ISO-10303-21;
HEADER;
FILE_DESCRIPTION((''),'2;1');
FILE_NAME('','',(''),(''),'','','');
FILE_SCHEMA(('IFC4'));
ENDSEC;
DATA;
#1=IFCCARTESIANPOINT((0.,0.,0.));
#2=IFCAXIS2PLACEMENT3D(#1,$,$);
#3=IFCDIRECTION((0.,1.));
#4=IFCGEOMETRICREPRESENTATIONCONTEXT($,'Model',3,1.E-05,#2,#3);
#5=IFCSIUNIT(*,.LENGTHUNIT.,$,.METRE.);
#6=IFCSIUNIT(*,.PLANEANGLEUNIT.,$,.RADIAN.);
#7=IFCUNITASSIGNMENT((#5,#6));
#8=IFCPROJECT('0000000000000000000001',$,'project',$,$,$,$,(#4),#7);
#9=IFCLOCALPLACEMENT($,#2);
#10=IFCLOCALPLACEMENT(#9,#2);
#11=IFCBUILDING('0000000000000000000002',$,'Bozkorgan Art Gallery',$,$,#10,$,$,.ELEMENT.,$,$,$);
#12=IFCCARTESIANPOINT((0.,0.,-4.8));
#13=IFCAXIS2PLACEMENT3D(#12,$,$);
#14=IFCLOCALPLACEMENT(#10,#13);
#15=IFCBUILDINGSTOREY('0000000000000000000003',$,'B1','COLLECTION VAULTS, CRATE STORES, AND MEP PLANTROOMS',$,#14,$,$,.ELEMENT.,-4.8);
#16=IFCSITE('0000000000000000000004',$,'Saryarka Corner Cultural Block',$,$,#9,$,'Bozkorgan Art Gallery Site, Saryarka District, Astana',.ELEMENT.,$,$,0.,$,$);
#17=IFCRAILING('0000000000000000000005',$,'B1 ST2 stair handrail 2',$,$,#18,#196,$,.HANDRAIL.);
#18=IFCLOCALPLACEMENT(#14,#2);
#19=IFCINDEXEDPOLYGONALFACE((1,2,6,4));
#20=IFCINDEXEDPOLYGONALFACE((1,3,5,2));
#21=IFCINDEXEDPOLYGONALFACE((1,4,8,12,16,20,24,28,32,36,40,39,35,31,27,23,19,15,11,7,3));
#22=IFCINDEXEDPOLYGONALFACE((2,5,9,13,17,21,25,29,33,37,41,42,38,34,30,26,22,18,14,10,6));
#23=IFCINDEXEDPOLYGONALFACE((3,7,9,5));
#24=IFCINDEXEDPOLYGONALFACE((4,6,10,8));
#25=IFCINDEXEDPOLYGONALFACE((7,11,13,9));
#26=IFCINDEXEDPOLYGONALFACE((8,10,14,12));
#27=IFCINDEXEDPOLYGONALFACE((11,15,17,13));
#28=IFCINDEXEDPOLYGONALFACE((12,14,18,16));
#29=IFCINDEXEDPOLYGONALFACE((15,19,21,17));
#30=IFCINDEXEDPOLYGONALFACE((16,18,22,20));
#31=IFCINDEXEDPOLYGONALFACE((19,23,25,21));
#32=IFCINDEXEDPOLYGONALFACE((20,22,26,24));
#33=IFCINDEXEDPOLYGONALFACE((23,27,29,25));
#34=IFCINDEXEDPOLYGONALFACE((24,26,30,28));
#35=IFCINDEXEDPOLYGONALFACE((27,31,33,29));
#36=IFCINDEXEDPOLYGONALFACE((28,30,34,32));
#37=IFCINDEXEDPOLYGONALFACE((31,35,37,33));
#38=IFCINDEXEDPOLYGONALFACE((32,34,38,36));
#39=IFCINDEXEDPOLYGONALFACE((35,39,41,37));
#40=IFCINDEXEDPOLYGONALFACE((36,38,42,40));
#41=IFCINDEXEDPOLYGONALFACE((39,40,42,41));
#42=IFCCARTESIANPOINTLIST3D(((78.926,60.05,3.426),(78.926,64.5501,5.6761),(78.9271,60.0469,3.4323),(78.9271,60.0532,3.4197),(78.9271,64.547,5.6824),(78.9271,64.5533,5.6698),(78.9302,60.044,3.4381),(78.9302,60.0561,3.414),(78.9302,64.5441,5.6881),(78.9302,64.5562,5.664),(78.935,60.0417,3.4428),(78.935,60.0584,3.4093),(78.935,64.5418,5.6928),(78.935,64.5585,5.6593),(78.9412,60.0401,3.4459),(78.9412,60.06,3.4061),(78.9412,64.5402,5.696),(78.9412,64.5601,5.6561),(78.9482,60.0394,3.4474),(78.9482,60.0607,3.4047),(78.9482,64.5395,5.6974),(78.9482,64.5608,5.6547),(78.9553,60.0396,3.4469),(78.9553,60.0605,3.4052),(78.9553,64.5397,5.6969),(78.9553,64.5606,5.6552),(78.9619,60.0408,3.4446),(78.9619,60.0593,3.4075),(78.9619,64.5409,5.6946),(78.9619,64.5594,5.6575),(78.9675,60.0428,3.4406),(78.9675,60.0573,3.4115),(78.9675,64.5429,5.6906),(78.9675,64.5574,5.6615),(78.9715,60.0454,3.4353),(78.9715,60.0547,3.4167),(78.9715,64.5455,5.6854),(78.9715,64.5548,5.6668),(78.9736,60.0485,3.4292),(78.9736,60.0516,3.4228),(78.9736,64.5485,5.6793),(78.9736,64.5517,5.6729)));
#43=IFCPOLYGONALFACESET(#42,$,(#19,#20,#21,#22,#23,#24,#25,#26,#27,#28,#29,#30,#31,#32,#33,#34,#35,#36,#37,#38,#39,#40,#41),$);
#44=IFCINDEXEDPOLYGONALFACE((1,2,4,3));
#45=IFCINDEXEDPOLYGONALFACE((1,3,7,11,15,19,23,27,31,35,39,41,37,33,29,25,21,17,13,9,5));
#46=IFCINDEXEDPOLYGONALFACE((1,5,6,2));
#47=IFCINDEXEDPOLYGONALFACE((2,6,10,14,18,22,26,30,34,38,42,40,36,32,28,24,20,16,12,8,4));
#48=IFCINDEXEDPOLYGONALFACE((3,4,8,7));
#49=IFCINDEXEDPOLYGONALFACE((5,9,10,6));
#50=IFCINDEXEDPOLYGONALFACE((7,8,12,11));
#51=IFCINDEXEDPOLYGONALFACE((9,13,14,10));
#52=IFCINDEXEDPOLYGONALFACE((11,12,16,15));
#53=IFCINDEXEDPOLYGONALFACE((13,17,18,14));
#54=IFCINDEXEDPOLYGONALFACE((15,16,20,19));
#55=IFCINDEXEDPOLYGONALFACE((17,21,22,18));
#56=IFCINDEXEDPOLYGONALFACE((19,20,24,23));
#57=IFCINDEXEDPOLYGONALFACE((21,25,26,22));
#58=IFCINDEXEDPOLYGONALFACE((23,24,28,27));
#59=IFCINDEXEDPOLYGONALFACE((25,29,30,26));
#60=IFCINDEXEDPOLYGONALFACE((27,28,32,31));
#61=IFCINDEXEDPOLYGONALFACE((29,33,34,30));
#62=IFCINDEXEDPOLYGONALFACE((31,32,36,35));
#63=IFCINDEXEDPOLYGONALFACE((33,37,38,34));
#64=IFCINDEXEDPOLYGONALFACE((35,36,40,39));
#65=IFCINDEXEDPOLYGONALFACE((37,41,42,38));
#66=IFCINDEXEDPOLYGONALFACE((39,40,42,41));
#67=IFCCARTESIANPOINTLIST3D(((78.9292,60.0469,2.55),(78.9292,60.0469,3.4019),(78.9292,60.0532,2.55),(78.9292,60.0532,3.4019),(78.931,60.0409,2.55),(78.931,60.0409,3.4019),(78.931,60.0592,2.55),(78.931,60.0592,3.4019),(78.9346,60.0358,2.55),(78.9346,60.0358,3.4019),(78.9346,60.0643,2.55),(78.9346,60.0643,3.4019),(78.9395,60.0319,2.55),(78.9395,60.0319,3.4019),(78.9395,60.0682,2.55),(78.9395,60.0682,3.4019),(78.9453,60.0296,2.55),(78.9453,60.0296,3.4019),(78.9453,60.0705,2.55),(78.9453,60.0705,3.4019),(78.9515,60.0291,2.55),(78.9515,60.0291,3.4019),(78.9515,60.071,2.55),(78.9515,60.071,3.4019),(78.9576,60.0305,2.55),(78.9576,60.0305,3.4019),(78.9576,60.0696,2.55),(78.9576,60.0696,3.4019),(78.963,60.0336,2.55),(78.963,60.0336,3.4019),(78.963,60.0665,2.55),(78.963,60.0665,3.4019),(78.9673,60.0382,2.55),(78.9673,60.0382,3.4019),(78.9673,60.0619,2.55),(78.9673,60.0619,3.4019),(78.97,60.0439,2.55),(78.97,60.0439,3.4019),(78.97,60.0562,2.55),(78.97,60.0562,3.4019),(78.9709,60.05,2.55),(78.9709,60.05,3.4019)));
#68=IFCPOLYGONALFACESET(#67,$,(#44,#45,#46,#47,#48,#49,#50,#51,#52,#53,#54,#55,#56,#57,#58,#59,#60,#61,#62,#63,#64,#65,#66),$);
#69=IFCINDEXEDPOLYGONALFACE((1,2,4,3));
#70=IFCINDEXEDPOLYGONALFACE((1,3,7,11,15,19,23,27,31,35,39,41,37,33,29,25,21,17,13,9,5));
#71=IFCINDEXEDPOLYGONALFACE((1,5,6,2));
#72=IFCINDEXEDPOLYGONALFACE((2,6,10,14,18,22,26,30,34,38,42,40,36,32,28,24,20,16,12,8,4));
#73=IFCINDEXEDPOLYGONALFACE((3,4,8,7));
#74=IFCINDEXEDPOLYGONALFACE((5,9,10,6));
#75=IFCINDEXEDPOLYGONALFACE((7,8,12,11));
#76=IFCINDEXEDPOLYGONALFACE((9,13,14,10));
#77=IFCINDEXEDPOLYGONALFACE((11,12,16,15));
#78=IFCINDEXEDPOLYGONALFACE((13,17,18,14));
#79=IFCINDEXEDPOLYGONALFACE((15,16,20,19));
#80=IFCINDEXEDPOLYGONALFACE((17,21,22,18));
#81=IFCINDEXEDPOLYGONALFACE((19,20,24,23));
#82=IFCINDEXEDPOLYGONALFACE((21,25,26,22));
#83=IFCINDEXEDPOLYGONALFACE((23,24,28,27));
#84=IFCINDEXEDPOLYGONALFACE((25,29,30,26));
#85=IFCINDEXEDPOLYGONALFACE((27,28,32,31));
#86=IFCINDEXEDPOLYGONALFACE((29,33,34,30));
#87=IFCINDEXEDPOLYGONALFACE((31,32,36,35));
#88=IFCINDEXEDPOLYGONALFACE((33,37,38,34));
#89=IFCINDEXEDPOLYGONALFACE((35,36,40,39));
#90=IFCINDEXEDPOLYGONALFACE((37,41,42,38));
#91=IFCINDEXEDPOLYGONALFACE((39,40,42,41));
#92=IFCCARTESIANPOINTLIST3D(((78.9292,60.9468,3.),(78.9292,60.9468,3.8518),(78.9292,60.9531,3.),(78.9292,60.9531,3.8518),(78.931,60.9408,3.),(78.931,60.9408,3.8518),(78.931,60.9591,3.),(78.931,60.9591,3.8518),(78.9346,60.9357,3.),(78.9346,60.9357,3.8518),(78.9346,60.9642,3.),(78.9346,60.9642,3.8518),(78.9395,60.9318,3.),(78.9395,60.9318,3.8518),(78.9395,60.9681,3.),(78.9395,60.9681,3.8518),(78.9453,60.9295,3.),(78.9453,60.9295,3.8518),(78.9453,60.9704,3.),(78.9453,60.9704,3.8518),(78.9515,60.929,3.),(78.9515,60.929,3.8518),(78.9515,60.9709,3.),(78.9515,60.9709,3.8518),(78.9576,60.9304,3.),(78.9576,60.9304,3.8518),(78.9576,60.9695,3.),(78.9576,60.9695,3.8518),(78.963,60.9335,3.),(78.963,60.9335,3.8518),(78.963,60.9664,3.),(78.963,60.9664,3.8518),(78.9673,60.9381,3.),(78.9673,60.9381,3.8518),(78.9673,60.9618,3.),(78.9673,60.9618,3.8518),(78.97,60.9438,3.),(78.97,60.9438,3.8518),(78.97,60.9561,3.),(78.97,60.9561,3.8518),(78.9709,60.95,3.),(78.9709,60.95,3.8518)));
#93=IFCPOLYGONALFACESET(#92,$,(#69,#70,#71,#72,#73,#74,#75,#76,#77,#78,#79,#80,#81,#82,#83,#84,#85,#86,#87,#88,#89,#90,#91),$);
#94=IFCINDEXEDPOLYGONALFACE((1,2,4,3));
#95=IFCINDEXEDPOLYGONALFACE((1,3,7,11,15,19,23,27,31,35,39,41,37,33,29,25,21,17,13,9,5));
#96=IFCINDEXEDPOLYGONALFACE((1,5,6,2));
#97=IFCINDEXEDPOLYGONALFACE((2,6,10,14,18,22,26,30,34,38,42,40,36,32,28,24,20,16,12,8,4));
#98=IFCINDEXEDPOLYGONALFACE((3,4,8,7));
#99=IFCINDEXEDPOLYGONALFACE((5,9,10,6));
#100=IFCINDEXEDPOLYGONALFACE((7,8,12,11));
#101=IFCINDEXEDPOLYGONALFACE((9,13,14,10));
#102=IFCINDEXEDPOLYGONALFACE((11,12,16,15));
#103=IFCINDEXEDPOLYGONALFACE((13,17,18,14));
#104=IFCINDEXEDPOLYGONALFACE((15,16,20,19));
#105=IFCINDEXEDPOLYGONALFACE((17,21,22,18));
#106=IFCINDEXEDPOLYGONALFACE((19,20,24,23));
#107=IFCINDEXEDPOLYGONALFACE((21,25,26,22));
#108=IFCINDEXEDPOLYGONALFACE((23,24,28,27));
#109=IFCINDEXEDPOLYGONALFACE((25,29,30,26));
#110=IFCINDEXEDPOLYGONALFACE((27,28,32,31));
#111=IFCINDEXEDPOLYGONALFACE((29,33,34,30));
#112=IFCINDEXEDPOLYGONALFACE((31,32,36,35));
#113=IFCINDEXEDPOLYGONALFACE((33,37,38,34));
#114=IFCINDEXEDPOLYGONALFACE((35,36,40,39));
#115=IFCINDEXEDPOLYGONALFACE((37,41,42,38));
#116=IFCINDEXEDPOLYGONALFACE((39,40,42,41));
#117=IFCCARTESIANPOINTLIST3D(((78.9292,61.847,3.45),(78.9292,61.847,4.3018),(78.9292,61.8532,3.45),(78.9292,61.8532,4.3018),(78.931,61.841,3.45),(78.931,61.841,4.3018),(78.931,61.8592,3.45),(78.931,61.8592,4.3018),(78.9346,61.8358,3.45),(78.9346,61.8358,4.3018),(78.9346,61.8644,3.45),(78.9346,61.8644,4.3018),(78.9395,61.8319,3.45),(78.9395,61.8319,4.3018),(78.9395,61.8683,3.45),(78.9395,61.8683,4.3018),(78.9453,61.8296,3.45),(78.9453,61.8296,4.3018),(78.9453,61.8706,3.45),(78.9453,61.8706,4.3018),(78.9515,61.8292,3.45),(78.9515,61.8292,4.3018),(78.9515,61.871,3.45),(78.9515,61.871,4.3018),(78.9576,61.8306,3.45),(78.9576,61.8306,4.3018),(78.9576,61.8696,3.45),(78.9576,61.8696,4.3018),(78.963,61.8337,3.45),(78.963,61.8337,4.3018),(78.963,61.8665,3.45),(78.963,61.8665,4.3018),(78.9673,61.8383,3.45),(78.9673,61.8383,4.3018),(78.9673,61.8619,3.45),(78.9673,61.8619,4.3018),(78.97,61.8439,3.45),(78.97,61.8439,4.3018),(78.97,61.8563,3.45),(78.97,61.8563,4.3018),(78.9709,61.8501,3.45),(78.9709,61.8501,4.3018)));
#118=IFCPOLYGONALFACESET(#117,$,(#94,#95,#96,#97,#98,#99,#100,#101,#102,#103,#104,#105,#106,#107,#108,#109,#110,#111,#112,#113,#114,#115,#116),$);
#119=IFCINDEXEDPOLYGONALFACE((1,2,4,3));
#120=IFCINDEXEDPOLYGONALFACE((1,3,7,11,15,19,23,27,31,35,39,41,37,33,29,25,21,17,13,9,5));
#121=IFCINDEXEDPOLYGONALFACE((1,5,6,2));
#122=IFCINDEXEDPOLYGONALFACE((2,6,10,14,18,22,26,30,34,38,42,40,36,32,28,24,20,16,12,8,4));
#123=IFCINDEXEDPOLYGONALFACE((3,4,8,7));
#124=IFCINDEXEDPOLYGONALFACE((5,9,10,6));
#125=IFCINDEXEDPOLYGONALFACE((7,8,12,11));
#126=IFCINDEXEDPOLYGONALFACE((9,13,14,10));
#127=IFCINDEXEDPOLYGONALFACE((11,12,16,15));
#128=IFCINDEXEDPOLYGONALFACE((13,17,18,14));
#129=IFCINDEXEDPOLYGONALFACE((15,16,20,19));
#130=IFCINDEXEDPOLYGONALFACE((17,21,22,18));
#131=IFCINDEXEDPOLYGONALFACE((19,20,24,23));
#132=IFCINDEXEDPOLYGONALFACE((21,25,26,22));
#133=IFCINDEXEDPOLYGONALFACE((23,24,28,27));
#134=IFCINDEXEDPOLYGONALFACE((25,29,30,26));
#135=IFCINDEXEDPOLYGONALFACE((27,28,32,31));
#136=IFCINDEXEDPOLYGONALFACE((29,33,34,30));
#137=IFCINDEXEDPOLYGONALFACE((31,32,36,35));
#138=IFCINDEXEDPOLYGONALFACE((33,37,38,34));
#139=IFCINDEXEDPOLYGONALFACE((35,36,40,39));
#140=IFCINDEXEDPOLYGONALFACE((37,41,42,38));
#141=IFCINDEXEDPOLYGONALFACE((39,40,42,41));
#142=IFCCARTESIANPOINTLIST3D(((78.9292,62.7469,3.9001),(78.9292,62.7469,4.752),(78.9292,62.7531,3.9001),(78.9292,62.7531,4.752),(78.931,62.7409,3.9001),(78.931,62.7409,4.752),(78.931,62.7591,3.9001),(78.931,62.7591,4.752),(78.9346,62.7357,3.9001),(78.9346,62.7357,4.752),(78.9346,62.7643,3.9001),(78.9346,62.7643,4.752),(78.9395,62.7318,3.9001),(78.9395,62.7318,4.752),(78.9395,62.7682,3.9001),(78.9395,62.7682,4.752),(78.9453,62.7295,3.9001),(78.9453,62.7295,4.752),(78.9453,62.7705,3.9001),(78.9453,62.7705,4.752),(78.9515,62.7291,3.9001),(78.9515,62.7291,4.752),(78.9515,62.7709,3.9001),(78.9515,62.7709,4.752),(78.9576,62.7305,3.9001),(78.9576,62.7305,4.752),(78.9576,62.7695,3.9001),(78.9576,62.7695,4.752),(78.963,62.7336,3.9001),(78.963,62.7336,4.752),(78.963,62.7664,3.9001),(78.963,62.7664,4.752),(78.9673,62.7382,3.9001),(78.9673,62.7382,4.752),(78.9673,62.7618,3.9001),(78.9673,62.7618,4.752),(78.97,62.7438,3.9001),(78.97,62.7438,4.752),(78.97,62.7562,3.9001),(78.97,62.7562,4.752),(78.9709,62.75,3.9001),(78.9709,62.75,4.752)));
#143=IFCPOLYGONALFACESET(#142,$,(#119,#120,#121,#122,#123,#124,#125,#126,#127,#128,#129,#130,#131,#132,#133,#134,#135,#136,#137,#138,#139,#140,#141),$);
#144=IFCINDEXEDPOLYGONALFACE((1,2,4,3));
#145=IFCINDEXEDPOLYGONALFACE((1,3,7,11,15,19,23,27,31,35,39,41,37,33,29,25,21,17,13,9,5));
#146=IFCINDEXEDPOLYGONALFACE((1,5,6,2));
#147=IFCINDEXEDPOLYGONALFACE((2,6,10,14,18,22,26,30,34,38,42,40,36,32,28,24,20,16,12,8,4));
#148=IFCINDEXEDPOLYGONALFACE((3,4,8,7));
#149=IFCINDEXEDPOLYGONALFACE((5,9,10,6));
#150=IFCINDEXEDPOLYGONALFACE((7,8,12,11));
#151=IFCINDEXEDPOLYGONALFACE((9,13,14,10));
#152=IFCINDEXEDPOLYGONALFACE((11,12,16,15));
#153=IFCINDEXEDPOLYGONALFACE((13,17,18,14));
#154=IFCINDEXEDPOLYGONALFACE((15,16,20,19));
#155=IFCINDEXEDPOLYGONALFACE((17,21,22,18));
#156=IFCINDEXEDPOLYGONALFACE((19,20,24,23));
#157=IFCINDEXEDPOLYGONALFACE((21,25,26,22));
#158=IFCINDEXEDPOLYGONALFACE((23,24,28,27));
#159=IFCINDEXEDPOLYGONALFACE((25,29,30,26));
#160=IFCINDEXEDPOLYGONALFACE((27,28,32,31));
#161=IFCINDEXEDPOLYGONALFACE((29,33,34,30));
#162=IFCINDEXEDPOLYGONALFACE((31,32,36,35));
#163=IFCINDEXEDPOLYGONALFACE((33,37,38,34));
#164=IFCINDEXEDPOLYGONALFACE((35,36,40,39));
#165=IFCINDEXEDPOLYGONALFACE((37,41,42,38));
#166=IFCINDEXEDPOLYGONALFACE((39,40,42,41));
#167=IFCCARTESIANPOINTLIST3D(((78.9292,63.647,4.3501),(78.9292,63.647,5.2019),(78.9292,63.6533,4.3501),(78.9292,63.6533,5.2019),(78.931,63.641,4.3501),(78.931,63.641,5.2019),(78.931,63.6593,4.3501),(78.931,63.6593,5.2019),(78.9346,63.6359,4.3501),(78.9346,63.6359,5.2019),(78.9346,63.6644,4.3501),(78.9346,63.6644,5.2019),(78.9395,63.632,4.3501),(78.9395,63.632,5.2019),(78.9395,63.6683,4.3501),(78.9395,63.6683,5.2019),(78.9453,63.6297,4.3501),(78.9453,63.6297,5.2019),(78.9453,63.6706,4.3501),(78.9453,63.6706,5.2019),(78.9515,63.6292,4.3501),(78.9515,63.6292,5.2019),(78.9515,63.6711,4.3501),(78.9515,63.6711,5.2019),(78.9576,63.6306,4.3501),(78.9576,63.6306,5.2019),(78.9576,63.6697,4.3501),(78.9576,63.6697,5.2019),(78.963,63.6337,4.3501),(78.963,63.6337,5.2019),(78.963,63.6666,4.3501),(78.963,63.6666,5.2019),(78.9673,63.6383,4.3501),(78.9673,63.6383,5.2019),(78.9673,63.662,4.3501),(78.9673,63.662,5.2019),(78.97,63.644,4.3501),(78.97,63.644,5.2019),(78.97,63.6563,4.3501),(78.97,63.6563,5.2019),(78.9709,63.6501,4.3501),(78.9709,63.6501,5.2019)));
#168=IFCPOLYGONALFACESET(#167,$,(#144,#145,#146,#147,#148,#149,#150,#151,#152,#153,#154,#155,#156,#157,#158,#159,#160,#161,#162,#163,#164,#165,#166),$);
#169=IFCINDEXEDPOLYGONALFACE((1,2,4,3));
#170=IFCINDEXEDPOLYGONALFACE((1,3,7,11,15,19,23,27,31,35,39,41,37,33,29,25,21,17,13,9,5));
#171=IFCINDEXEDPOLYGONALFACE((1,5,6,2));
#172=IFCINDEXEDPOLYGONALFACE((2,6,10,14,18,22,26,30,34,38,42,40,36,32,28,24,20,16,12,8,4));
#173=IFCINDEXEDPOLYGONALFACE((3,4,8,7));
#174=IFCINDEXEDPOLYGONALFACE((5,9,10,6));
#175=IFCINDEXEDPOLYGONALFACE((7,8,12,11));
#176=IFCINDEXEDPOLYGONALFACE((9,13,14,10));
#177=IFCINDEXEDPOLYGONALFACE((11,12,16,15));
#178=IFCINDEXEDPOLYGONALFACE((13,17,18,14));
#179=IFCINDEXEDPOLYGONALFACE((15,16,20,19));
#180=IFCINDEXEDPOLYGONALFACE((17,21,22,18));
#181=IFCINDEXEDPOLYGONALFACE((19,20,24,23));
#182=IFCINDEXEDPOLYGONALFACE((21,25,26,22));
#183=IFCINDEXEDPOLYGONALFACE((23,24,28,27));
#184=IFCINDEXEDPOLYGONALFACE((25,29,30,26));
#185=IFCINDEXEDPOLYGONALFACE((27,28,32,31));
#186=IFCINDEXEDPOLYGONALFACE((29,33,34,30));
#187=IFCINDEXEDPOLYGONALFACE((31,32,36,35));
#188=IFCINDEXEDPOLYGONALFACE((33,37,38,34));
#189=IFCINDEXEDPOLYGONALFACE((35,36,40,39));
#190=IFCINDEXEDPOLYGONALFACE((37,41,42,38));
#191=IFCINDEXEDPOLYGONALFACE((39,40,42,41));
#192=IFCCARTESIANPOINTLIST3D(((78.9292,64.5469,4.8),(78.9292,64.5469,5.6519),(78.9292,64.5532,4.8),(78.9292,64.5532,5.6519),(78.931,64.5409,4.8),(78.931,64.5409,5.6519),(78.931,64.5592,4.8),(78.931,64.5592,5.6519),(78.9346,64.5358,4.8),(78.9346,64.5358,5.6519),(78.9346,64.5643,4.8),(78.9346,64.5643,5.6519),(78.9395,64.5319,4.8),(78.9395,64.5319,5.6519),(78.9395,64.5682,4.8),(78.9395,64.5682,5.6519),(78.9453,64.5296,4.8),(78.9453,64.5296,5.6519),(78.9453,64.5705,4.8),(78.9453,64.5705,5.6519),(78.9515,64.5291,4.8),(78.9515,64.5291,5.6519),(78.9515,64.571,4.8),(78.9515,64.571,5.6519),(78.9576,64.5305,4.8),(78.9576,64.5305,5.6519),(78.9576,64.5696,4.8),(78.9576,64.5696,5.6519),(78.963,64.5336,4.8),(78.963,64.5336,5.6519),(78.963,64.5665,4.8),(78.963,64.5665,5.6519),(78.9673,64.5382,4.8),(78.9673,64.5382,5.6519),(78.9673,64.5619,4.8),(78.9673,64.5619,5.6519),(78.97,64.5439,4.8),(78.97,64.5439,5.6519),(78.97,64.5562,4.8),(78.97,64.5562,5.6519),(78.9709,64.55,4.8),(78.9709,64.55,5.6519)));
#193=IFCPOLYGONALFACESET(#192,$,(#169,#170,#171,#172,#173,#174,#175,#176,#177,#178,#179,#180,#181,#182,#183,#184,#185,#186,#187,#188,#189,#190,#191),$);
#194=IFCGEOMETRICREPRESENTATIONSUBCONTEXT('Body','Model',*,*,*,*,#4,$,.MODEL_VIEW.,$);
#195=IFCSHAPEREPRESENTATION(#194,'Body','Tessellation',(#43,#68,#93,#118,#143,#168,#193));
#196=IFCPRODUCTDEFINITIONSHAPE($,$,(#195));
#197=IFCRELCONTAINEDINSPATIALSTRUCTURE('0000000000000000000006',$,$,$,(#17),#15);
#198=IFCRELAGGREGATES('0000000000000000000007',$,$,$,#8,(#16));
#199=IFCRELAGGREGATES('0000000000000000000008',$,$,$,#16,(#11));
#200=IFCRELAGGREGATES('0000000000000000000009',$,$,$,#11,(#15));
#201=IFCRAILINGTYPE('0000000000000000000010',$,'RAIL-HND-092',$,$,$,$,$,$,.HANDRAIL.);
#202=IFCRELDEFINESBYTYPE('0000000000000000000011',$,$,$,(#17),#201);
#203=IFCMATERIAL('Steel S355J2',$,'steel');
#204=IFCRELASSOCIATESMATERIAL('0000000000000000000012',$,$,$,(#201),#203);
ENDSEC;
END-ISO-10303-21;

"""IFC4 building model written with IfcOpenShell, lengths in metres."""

from ifc_helpers import new_model, si_unit, direction, frame, origin, origin_2d, place, context, subcontext, project, spatial, circle, extrude, material, type_object, element, save


model = new_model("IFC4")

# Units and contexts
model_context = context("Model", 3, precision=1e-05, world=origin(), true_north=direction((0.0, 1.0)))
body_context = subcontext(model_context, "Body", "Model", "MODEL_VIEW")
ifc_project = project(units=[si_unit("LENGTHUNIT", "METRE"), si_unit("PLANEANGLEUNIT", "RADIAN")], contexts=[model_context])

# Site, building, storey
site_placement = place(None, origin())
site = spatial("IfcSite", under=ifc_project, at=site_placement, Name="Saryarka Corner Cultural Block", LongName="Bozkorgan Art Gallery Site, Saryarka District, Astana", CompositionType="ELEMENT", RefElevation=0.0)
building_placement = place(site_placement, origin())
building = spatial("IfcBuilding", under=site, at=building_placement, Name="Bozkorgan Art Gallery", CompositionType="ELEMENT")
storey_placement = place(building_placement, frame((0.0, 0.0, -4.8)))
storey = spatial("IfcBuildingStorey", under=building, at=storey_placement, Name="B1", Description="COLLECTION VAULTS, CRATE STORES, AND MEP PLANTROOMS", CompositionType="ELEMENT", Elevation=-4.8)

# Shared definitions
ifc_material_1 = material(Name="Steel S355J2", Category="steel")

# Railing
railing_type_1 = type_object("IfcRailingType", Name="RAIL-HND-092", PredefinedType="HANDRAIL", material=ifc_material_1)
railing_1_placement = place(storey_placement, frame((78.95, 60.05, 2.55)))
element("IfcRailing", 1, at=railing_1_placement, inside=storey, type_object=railing_type_1, Name="B1 ST2 stair handrail 2", PredefinedType="HANDRAIL", context=body_context, shape_type="SweptSolid", body=[
    extrude(circle(Radius=0.0239, at=origin_2d()), frame((0.0, 0.0, 0.876), z_axis=(0.0, 0.894427, 0.447214), x_axis=(-1.0, 0.0, 0.0)), (0.0, 0.0, 1.0), 5.0312),
    extrude(circle(Radius=0.021, at=origin_2d()), origin(), (0.0, 0.0, 1.0), 0.8518),
    extrude(circle(Radius=0.021, at=origin_2d()), frame((0.0, 0.8999, 0.45)), (0.0, 0.0, 1.0), 0.8518),
    extrude(circle(Radius=0.021, at=origin_2d()), frame((0.0, 1.8, 0.8999)), (0.0, 0.0, 1.0), 0.8518),
    extrude(circle(Radius=0.021, at=origin_2d()), frame((0.0, 2.7, 1.3501)), (0.0, 0.0, 1.0), 0.8518),
    extrude(circle(Radius=0.021, at=origin_2d()), frame((0.0, 3.6001, 1.8)), (0.0, 0.0, 1.0), 0.8518),
    extrude(circle(Radius=0.021, at=origin_2d()), frame((0.0, 4.5, 2.25)), (0.0, 0.0, 1.0), 0.8518),
])

save(model, "model.ifc")
